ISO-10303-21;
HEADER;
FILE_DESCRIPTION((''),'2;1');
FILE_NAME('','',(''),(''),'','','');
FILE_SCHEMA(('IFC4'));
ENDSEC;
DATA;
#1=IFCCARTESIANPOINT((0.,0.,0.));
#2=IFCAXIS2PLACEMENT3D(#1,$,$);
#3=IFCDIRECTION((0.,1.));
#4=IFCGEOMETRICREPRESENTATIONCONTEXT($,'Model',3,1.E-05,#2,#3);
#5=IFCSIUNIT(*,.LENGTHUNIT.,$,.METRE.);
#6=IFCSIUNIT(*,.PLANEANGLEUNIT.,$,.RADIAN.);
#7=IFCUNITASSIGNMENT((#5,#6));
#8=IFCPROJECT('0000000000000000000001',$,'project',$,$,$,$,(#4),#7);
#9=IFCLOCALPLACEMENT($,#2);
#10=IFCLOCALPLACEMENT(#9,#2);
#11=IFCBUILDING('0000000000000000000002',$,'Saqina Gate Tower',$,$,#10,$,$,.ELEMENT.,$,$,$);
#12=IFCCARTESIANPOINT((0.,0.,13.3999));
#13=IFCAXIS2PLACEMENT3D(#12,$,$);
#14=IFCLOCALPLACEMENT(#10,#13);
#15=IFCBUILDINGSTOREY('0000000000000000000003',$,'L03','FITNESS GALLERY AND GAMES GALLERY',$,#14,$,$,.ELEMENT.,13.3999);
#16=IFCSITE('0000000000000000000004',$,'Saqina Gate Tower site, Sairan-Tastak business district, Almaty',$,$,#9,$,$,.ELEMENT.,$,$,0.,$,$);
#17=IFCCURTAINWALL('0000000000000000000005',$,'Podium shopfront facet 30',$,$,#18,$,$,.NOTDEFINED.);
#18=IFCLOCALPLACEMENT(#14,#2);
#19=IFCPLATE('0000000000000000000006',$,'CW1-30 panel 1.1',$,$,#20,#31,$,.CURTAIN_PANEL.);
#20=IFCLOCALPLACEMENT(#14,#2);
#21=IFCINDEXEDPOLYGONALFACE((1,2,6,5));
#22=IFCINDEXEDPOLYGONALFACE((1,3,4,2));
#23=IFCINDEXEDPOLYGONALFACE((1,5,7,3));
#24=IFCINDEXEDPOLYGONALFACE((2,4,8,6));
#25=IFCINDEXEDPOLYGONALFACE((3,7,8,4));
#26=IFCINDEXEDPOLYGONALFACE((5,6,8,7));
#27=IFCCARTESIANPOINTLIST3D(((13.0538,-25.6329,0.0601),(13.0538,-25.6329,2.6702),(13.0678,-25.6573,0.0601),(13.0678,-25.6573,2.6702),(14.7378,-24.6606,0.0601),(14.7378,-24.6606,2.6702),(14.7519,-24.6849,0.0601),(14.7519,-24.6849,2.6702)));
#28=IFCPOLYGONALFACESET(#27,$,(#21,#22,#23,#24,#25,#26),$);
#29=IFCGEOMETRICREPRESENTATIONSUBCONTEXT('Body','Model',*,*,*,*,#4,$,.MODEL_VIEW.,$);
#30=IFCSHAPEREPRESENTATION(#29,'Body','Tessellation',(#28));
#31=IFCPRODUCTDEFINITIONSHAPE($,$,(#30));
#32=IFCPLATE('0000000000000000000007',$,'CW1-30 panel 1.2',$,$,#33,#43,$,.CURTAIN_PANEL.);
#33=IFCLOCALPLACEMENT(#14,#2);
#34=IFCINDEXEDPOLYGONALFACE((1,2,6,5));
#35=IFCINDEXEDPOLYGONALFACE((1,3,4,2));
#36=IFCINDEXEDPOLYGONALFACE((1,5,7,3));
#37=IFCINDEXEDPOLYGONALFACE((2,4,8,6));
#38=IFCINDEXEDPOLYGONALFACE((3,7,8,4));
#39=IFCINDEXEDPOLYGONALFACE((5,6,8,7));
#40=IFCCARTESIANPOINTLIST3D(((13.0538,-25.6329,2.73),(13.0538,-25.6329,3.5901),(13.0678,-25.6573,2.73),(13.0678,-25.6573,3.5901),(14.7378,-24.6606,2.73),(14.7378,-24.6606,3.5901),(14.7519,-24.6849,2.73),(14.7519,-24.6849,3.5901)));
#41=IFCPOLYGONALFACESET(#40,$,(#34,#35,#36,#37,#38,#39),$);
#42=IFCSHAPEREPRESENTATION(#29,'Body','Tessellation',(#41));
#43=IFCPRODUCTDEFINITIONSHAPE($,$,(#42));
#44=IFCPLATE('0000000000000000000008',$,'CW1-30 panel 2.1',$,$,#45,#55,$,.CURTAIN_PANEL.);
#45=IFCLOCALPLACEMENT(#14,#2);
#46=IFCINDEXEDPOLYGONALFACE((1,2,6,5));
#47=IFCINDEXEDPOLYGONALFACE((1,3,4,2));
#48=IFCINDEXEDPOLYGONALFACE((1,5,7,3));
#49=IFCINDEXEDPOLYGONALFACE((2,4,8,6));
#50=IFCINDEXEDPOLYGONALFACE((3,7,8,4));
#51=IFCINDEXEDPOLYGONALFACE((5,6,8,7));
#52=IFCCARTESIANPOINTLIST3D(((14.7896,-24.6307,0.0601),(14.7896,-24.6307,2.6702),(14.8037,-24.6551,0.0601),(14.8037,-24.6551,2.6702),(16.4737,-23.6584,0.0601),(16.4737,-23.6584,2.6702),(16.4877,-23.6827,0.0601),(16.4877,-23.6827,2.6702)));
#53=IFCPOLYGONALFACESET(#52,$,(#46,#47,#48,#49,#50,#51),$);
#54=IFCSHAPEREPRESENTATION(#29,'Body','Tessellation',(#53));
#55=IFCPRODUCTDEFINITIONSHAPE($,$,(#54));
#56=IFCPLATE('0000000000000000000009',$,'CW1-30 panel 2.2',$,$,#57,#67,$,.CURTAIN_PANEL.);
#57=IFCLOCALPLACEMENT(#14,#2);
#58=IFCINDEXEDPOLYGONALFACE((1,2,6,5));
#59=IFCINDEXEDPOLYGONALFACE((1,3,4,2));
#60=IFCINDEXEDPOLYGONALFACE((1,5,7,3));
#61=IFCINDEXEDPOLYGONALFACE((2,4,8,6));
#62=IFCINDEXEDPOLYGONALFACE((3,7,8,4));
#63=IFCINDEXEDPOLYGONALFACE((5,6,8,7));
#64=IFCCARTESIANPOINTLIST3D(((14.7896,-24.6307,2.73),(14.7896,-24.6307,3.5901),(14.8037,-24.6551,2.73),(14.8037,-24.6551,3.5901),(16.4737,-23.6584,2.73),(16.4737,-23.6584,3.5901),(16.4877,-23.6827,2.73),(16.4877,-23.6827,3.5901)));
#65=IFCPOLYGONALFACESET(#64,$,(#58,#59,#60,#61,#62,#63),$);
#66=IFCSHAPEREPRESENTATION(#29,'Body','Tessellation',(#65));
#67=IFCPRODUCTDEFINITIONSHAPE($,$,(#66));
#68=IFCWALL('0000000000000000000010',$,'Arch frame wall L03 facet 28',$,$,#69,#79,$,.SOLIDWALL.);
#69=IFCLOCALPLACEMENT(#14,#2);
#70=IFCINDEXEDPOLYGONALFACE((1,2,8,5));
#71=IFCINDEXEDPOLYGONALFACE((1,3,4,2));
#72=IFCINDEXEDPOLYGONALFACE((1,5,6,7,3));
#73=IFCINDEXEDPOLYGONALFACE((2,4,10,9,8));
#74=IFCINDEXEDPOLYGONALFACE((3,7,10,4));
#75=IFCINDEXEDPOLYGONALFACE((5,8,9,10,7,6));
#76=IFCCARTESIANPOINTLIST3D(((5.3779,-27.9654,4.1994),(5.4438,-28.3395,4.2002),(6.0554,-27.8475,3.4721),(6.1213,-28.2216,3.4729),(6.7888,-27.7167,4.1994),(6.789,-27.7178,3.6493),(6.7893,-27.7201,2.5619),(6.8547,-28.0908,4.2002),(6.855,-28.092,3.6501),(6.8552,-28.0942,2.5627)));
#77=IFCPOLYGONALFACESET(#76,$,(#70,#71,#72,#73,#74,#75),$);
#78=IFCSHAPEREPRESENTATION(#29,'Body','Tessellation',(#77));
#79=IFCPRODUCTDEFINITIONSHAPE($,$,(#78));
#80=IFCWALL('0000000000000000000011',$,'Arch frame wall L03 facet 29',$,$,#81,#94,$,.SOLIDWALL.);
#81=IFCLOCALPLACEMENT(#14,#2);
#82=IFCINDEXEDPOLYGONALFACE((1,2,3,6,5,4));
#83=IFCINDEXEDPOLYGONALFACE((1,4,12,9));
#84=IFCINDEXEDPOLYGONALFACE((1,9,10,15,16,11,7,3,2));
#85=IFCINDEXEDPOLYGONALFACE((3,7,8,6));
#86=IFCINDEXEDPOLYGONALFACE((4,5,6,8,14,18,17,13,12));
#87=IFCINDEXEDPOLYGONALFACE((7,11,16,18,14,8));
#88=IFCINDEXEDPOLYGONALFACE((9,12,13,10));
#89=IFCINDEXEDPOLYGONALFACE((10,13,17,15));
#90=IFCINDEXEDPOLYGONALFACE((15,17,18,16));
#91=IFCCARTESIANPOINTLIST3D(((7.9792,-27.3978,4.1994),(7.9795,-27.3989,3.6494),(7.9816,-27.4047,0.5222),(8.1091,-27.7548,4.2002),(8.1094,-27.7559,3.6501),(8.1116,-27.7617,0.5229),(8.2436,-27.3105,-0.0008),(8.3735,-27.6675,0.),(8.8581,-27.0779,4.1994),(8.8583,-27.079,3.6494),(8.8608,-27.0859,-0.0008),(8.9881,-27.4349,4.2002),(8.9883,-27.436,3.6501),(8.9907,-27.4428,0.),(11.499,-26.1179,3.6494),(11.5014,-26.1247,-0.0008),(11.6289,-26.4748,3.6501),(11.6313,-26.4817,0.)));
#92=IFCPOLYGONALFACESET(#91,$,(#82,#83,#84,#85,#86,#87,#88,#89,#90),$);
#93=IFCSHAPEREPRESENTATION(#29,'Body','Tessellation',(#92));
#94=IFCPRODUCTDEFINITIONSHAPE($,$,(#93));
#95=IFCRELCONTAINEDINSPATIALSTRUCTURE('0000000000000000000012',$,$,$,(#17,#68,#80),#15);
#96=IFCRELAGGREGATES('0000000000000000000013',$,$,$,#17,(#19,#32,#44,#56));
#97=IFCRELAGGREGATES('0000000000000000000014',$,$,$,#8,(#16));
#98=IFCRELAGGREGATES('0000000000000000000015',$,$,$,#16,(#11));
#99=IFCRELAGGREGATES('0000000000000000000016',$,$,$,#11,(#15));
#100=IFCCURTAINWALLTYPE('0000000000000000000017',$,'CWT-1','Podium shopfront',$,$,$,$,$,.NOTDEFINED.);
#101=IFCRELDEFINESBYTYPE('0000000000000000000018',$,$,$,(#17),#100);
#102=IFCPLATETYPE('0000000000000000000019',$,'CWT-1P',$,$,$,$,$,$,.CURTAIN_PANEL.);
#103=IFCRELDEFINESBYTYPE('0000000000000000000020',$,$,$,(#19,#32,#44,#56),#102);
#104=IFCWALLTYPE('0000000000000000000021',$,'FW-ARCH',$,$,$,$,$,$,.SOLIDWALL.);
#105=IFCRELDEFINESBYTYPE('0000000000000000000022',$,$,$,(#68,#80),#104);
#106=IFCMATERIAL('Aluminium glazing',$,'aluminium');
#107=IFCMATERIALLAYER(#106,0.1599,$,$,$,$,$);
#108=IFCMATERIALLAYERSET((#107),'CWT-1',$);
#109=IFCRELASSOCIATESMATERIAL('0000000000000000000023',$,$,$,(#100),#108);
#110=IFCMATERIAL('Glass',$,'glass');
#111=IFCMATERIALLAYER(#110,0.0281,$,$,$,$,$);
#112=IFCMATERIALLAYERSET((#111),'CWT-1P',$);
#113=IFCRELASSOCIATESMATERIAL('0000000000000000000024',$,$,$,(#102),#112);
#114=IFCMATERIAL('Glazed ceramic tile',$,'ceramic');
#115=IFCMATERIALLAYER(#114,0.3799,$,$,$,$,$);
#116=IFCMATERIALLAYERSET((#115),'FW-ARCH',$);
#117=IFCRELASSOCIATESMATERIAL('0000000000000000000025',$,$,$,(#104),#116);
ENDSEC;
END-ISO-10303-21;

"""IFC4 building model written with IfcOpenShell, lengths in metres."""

from ifc_helpers import new_model, si_unit, direction, frame, origin, origin_2d, place, context, subcontext, project, spatial, polyline, rectangle, outline, extrude, material, layer, layer_set, type_object, element, aggregate, save


model = new_model("IFC4")

# Units and contexts
model_context = context("Model", 3, precision=1e-05, world=origin(), true_north=direction((0.0, 1.0)))
body_context = subcontext(model_context, "Body", "Model", "MODEL_VIEW")
ifc_project = project(units=[si_unit("LENGTHUNIT", "METRE"), si_unit("PLANEANGLEUNIT", "RADIAN")], contexts=[model_context])

# Site, building, storey
site_placement = place(None, origin())
site = spatial("IfcSite", under=ifc_project, at=site_placement, Name="Saqina Gate Tower site, Sairan-Tastak business district, Almaty", CompositionType="ELEMENT", RefElevation=0.0)
building_placement = place(site_placement, origin())
building = spatial("IfcBuilding", under=site, at=building_placement, Name="Saqina Gate Tower", CompositionType="ELEMENT")
storey_placement = place(building_placement, frame((0.0, 0.0, 13.3999)))
storey = spatial("IfcBuildingStorey", under=building, at=storey_placement, Name="L03", Description="FITNESS GALLERY AND GAMES GALLERY", CompositionType="ELEMENT", Elevation=13.3999)

# Curtain wall
ifc_material_1 = material(Name="Aluminium glazing", Category="aluminium")
ifc_layer_1 = layer(ifc_material_1, 0.1599)
ifc_layer_set_1 = layer_set([ifc_layer_1], Name="CWT-1")
curtain_wall_type = type_object("IfcCurtainWallType", Name="CWT-1", Description="Podium shopfront", PredefinedType="NOTDEFINED", material=ifc_layer_set_1)
curtain_wall_1_placement = place(storey_placement, origin())
curtain_wall_1 = element("IfcCurtainWall", 1, at=curtain_wall_1_placement, inside=storey, type_object=curtain_wall_type, Name="Podium shopfront facet 30", PredefinedType="NOTDEFINED")

# Plates
ifc_material_2 = material(Name="Glass", Category="glass")
ifc_layer_2 = layer(ifc_material_2, 0.0281)
ifc_layer_set_2 = layer_set([ifc_layer_2], Name="CWT-1P")
plate_type = type_object("IfcPlateType", Name="CWT-1P", PredefinedType="CURTAIN_PANEL", material=ifc_layer_set_2)
plate_1_placement = place(storey_placement, frame((13.9028, -25.1589, 0.0601), z_axis=(0.0, 0.0, 1.0), x_axis=(0.866017, 0.500014, 0.0)))
plate_1 = element("IfcPlate", 2, at=plate_1_placement, type_object=plate_type, Name="CW1-30 panel 1.1", PredefinedType="CURTAIN_PANEL", context=body_context, shape_type="SweptSolid", body=[
    extrude(rectangle(XDim=1.9446, YDim=0.0281, at=origin_2d()), origin(), (0.0, 0.0, 1.0), 2.6101),
])
plate_2_placement = place(storey_placement, frame((13.9028, -25.1589, 2.73), z_axis=(0.0, 0.0, 1.0), x_axis=(0.866017, 0.500014, 0.0)))
plate_2 = element("IfcPlate", 3, at=plate_2_placement, type_object=plate_type, Name="CW1-30 panel 1.2", PredefinedType="CURTAIN_PANEL", context=body_context, shape_type="SweptSolid", body=[
    extrude(rectangle(XDim=1.9446, YDim=0.0281, at=origin_2d()), origin(), (0.0, 0.0, 1.0), 0.8601),
])
plate_3_placement = place(storey_placement, frame((15.6387, -24.1567, 0.0601), z_axis=(0.0, 0.0, 1.0), x_axis=(0.866017, 0.500014, 0.0)))
plate_3 = element("IfcPlate", 4, at=plate_3_placement, type_object=plate_type, Name="CW1-30 panel 2.1", PredefinedType="CURTAIN_PANEL", context=body_context, shape_type="SweptSolid", body=[
    extrude(rectangle(XDim=1.9446, YDim=0.0281, at=origin_2d()), origin(), (0.0, 0.0, 1.0), 2.6101),
])
plate_4_placement = place(storey_placement, frame((15.6387, -24.1567, 2.73), z_axis=(0.0, 0.0, 1.0), x_axis=(0.866017, 0.500014, 0.0)))
plate_4 = element("IfcPlate", 5, at=plate_4_placement, type_object=plate_type, Name="CW1-30 panel 2.2", PredefinedType="CURTAIN_PANEL", context=body_context, shape_type="SweptSolid", body=[
    extrude(rectangle(XDim=1.9446, YDim=0.0281, at=origin_2d()), origin(), (0.0, 0.0, 1.0), 0.8601),
])
aggregate(curtain_wall_1, [plate_1, plate_2, plate_3, plate_4])

# Walls
ifc_material_3 = material(Name="Glazed ceramic tile", Category="ceramic")
ifc_layer_3 = layer(ifc_material_3, 0.3799)
ifc_layer_set_3 = layer_set([ifc_layer_3], Name="FW-ARCH")
wall_type_1 = type_object("IfcWallType", Name="FW-ARCH", PredefinedType="SOLIDWALL", material=ifc_layer_set_3)
wall_1_placement = place(storey_placement, frame((6.8547, -28.0908, 4.2002), z_axis=(0.173577, -0.984818, 0.002098), x_axis=(0.000415, -0.002057, -0.999998)))
element("IfcWall", 6, at=wall_1_placement, inside=storey, type_object=wall_type_1, Name="Arch frame wall L03 facet 28", PredefinedType="SOLIDWALL", context=body_context, shape_type="SweptSolid", body=[
    extrude(outline(polyline([(0.0, 0.0), (0.5501, 0.0), (1.6375, -0.0002), (0.7273, -0.745), (-0.0001, -1.4327), (0.0, 0.0)])), origin(), (0.0, 0.0, -1.0), 0.3799),
])
wall_2_placement = place(storey_placement, frame((11.6313, -26.4817, 0.0), z_axis=(0.342027, -0.939688, 0.001991), x_axis=(-0.93969, -0.342028, 0.0)))
element("IfcWall", 7, at=wall_2_placement, inside=storey, type_object=wall_type_1, Name="Arch frame wall L03 facet 29", PredefinedType="SOLIDWALL", context=body_context, shape_type="SweptSolid", body=[
    extrude(outline(polyline([(0.0, 0.0), (2.8101, 0.0), (3.4669, 0.0), (3.7453, -0.523), (3.7454, -3.6502), (3.7453, -4.2002), (2.8099, -4.2002), (2.8101, -3.6502), (0.0, -3.6502), (0.0, 0.0)])), origin(), (0.0, 0.0, -1.0), 0.3799),
])

save(model, "model.ifc")
